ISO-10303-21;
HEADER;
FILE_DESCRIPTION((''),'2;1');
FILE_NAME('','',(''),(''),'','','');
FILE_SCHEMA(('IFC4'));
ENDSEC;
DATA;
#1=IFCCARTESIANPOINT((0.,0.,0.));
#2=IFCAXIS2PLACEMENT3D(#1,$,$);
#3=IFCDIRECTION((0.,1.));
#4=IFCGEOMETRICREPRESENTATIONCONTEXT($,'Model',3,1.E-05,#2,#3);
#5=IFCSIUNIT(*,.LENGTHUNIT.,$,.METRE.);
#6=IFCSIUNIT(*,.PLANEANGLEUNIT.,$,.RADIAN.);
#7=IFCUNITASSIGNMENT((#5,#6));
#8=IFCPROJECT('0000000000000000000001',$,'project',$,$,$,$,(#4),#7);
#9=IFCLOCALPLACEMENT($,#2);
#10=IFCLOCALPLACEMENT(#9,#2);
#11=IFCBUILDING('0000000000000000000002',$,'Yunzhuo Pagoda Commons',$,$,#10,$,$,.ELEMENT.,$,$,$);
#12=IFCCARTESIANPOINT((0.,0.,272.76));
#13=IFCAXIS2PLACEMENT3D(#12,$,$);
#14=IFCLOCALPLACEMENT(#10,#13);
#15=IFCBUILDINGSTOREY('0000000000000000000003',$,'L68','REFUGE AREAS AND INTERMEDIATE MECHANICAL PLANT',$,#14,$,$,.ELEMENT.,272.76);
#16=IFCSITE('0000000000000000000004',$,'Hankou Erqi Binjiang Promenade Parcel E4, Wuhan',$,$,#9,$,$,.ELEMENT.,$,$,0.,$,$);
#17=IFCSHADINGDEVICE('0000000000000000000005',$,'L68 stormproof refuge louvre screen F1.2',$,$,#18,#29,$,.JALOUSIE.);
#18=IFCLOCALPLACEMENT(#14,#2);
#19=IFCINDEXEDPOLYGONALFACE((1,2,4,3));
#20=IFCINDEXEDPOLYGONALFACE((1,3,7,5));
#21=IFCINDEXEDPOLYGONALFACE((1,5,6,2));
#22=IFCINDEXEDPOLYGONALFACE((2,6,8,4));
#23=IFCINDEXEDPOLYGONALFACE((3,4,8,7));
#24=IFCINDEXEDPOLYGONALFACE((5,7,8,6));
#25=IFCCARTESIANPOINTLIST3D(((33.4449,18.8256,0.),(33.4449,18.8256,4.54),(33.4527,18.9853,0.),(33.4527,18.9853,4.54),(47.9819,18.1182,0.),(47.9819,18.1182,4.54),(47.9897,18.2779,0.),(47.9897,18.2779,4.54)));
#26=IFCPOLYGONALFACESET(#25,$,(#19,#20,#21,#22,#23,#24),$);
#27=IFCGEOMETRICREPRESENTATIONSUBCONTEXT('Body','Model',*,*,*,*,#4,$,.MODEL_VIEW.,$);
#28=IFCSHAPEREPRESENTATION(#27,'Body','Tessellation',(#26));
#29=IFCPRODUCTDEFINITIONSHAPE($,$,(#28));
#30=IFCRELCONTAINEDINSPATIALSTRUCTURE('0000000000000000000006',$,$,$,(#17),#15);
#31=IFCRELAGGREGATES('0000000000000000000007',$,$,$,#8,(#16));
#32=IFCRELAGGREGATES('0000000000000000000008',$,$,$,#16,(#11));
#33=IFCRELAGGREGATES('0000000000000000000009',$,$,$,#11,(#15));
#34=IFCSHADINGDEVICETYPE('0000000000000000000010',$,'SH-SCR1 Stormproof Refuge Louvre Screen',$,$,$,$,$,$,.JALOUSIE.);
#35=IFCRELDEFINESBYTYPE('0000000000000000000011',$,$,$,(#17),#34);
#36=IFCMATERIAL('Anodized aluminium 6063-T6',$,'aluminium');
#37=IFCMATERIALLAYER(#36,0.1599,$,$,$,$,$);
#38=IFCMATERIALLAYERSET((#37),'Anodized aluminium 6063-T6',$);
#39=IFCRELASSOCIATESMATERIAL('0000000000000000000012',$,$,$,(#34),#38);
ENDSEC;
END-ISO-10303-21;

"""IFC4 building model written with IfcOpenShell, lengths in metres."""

from ifc_helpers import new_model, si_unit, direction, frame, origin, origin_2d, place, context, subcontext, project, spatial, rectangle, extrude, source, transform, mapped, material, layer, layer_set, type_object, element, save


model = new_model("IFC4")

# Units and contexts
model_context = context("Model", 3, precision=1e-05, world=origin(), true_north=direction((0.0, 1.0)))
body_context = subcontext(model_context, "Body", "Model", "MODEL_VIEW")
ifc_project = project(units=[si_unit("LENGTHUNIT", "METRE"), si_unit("PLANEANGLEUNIT", "RADIAN")], contexts=[model_context])

# Site, building, storey
site_placement = place(None, origin())
site = spatial("IfcSite", under=ifc_project, at=site_placement, Name="Hankou Erqi Binjiang Promenade Parcel E4, Wuhan", CompositionType="ELEMENT", RefElevation=0.0)
building_placement = place(site_placement, origin())
building = spatial("IfcBuilding", under=site, at=building_placement, Name="Yunzhuo Pagoda Commons", CompositionType="ELEMENT")
storey_placement = place(building_placement, frame((0.0, 0.0, 272.76)))
storey = spatial("IfcBuildingStorey", under=building, at=storey_placement, Name="L68", Description="REFUGE AREAS AND INTERMEDIATE MECHANICAL PLANT", CompositionType="ELEMENT", Elevation=272.76)

# Shading device
ifc_material_1 = material(Name="Anodized aluminium 6063-T6", Category="aluminium")
ifc_layer_1 = layer(ifc_material_1, 0.1599)
ifc_layer_set_1 = layer_set([ifc_layer_1], Name="Anodized aluminium 6063-T6")
shading_device_type = type_object("IfcShadingDeviceType", Name="SH-SCR1 Stormproof Refuge Louvre Screen", PredefinedType="JALOUSIE", material=ifc_layer_set_1)
shared_shape_1 = source(origin(), body_context, "Body", "SweptSolid", [
    extrude(rectangle(XDim=14.5542, YDim=0.1599, at=origin_2d()), origin(), (0.0, 0.0, 1.0), 4.54),
])
shading_device_placement = place(storey_placement, frame((40.7173, 18.5518, 0.0), z_axis=(0.0, 0.0, 1.0), x_axis=(0.998818, -0.048606, 0.0)))
element("IfcShadingDevice", 1, at=shading_device_placement, inside=storey, type_object=shading_device_type, Name="L68 stormproof refuge louvre screen F1.2", PredefinedType="JALOUSIE", context=body_context, shape_type="MappedRepresentation", body=[
    mapped(shared_shape_1, transform((0.0, 0.0, 0.0), scale=1.0)),
])

save(model, "model.ifc")
